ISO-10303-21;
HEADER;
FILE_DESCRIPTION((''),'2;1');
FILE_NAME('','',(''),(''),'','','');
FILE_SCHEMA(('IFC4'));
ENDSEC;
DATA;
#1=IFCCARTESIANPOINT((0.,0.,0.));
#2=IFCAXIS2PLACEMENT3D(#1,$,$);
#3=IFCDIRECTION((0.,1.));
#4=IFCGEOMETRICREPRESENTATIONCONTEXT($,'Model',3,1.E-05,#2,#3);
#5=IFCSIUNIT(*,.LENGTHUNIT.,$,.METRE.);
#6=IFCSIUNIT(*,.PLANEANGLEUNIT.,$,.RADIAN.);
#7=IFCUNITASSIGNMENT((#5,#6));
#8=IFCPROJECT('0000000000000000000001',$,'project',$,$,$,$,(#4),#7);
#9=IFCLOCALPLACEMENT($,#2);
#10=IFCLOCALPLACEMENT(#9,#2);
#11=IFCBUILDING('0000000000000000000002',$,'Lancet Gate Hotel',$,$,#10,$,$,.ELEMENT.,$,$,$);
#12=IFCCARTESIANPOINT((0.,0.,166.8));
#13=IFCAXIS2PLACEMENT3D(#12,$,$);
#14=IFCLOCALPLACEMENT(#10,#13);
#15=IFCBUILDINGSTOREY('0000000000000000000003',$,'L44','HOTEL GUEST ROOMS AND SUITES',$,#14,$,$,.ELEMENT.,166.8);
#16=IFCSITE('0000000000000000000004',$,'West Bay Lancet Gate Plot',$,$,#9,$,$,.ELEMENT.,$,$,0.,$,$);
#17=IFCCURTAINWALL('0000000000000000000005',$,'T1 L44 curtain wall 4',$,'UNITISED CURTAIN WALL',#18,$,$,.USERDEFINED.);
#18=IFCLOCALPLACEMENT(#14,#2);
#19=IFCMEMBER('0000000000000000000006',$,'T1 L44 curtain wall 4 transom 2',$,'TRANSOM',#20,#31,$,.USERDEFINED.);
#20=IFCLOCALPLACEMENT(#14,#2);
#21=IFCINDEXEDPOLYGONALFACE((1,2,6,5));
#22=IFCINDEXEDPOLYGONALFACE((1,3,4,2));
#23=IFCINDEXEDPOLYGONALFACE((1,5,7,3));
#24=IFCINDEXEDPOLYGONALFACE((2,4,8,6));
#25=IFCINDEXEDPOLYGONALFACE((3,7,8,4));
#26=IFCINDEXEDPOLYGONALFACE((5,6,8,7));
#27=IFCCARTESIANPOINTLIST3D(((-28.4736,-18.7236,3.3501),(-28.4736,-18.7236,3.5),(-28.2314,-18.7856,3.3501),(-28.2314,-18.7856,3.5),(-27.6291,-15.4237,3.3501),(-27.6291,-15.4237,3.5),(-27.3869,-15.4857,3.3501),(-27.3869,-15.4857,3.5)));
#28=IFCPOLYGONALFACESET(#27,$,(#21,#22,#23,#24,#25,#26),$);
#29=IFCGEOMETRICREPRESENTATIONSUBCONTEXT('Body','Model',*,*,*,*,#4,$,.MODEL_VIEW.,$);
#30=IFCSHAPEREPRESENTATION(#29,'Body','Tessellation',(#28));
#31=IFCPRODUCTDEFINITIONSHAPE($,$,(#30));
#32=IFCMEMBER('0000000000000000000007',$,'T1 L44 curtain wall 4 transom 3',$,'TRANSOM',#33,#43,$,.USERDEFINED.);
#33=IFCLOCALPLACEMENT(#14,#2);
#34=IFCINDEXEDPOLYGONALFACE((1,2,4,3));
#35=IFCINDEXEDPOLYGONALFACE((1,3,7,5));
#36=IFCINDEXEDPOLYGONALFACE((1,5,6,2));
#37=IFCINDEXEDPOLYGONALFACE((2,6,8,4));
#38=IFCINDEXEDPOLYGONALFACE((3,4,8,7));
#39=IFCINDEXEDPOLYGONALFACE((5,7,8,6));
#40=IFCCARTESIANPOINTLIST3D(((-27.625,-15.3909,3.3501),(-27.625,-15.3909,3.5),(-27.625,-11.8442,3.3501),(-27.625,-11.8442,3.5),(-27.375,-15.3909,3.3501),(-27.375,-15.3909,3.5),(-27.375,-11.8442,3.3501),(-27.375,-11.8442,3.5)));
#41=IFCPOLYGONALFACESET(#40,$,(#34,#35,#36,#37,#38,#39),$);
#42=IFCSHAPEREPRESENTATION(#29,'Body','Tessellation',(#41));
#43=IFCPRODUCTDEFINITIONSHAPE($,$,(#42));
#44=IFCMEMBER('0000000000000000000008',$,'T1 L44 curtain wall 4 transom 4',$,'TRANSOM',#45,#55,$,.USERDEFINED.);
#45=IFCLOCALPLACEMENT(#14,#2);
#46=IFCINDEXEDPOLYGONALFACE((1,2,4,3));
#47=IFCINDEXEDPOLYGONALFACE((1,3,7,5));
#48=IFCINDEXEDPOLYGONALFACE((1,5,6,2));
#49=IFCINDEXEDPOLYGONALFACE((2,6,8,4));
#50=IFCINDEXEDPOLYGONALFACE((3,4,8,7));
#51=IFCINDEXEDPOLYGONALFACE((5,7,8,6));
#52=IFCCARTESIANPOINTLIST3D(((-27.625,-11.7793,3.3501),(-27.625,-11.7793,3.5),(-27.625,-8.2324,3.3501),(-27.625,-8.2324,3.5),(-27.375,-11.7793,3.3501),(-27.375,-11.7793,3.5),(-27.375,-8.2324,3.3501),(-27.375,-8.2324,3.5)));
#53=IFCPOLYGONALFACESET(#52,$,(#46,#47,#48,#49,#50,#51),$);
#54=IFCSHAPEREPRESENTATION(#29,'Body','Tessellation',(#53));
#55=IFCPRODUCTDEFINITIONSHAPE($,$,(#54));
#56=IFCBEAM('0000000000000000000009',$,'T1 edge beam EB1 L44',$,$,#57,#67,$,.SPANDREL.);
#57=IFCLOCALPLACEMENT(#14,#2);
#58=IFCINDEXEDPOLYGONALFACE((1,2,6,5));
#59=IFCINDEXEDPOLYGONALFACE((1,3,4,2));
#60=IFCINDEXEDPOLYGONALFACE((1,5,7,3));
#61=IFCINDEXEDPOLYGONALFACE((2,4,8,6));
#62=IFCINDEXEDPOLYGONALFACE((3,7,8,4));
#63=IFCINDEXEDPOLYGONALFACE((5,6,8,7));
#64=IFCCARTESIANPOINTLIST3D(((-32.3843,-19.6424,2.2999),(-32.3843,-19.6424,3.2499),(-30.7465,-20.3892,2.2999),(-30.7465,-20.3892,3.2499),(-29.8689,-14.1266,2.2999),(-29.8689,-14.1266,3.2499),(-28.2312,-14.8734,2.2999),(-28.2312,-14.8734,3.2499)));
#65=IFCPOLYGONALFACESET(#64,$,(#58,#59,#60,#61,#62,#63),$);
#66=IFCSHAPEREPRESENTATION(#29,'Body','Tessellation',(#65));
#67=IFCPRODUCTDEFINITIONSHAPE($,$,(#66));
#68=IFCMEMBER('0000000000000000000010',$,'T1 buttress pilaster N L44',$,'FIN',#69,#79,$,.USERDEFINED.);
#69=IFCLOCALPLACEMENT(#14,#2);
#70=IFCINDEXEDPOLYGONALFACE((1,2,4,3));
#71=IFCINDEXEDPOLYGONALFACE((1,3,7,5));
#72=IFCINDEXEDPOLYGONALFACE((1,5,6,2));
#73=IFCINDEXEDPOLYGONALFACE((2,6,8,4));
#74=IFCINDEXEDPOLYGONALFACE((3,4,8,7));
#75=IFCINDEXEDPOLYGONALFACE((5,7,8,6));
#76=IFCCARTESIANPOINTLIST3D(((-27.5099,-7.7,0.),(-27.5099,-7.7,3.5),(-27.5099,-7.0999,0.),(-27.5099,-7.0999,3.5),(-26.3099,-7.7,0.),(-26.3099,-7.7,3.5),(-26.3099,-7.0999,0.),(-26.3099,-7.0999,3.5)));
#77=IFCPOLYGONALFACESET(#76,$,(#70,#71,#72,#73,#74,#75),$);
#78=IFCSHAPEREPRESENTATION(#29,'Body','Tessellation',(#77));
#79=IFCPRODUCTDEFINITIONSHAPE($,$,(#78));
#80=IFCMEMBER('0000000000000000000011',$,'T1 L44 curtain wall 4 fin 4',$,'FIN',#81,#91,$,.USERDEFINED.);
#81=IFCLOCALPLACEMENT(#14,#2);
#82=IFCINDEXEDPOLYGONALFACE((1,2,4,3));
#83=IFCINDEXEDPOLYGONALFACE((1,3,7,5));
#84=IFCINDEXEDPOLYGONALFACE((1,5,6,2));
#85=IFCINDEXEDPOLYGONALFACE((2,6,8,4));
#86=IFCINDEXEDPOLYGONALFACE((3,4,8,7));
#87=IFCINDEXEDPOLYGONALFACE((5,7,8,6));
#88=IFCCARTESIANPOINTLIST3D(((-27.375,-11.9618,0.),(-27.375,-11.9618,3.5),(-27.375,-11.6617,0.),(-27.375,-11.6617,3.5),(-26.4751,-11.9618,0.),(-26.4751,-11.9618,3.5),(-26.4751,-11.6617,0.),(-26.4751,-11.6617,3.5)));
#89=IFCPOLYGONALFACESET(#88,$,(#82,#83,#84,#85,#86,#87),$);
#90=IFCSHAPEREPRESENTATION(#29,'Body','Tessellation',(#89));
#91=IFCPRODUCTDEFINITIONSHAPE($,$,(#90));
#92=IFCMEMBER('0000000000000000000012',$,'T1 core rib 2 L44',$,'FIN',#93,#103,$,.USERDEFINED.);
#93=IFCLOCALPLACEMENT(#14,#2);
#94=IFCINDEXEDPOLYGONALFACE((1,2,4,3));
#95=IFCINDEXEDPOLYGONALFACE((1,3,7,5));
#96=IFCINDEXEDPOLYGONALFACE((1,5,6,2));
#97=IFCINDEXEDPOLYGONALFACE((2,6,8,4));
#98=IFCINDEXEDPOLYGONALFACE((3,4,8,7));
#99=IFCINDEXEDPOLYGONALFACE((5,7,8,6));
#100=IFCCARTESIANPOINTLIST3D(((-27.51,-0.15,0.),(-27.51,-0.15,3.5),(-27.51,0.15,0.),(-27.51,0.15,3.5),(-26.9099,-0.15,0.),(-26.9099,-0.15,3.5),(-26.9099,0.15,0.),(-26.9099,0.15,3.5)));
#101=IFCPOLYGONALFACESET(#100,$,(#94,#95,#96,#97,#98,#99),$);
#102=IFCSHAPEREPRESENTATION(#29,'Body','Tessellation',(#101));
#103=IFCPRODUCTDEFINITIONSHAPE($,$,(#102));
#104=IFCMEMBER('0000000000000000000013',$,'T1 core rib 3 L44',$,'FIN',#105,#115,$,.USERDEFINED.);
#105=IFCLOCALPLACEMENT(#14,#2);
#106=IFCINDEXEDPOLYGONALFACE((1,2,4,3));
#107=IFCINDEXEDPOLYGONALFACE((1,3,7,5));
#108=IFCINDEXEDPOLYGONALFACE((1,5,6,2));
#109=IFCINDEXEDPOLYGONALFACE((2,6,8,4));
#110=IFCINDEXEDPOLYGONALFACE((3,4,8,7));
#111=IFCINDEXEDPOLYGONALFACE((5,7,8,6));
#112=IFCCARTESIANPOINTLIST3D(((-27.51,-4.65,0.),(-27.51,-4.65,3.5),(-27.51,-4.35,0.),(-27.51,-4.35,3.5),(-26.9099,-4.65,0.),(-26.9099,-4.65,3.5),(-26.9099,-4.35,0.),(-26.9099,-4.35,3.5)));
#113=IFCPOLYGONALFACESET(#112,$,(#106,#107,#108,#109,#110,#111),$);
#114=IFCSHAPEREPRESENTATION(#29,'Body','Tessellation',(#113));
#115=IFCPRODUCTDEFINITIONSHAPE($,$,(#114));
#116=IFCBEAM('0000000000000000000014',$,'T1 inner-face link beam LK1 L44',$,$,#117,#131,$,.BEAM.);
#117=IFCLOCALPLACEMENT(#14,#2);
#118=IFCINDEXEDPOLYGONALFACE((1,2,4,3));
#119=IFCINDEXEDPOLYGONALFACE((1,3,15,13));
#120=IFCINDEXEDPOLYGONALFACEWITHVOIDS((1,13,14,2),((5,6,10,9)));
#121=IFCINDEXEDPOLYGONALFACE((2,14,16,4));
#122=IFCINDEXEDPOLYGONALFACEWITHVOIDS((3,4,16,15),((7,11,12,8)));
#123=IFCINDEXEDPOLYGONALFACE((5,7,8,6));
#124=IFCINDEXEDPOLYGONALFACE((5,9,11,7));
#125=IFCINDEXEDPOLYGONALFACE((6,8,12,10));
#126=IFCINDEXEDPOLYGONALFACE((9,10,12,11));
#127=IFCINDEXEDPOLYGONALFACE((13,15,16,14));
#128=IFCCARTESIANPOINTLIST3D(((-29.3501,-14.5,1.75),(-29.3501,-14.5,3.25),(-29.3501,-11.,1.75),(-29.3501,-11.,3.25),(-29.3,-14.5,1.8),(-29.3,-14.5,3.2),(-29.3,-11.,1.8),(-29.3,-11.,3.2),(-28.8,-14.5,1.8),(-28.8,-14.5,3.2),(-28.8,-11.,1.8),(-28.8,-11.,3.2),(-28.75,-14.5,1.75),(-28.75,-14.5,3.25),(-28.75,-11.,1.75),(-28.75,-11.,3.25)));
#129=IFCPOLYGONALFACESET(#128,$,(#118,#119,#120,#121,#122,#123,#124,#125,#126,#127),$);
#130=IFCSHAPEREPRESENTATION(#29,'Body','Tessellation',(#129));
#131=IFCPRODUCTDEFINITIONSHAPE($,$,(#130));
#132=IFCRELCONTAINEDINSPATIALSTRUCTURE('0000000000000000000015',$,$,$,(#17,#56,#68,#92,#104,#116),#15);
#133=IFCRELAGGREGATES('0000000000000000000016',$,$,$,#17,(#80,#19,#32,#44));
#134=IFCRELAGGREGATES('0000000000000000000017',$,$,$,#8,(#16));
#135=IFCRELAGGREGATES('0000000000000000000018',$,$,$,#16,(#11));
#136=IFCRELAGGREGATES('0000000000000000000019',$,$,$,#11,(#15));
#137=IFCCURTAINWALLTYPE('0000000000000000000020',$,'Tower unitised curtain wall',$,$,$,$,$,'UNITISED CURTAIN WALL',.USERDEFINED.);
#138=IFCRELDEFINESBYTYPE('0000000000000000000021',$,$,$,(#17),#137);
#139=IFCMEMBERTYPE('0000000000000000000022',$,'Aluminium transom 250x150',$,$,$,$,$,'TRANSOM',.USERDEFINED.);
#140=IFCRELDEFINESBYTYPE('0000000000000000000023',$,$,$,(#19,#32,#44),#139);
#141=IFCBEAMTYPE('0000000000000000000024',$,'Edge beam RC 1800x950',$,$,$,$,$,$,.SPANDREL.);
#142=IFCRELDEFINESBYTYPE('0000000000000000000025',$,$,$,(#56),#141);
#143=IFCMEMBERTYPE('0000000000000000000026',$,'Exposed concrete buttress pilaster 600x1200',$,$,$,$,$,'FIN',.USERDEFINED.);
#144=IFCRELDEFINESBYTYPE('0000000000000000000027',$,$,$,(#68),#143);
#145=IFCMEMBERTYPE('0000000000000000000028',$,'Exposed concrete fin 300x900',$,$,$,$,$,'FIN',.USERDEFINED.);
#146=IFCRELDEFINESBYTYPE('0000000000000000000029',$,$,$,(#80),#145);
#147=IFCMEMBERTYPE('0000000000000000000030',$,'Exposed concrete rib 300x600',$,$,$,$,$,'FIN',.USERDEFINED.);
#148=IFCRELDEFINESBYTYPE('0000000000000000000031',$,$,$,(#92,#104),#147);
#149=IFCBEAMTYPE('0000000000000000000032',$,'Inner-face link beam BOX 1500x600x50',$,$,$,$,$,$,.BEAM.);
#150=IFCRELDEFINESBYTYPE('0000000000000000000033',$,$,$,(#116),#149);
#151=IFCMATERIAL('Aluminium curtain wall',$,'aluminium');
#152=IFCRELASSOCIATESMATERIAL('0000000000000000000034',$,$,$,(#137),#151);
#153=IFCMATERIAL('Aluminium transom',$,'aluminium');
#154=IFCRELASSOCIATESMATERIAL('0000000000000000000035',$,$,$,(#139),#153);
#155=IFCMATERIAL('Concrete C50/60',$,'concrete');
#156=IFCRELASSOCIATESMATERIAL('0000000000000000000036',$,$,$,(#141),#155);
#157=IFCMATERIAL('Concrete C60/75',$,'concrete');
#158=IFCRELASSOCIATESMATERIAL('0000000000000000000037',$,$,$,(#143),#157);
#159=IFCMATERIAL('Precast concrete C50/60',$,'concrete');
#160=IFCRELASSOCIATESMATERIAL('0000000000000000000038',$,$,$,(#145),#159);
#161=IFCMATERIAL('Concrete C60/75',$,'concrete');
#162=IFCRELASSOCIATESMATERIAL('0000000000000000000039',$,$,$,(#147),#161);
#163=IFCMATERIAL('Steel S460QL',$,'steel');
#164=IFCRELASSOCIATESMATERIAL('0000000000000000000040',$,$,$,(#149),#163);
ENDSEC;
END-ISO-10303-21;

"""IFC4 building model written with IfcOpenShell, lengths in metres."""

from ifc_helpers import new_model, si_unit, direction, frame, origin, origin_2d, place, context, subcontext, project, spatial, rectangle, hollow_rectangle, extrude, material, material_profile, profile_set, type_object, element, aggregate, save


model = new_model("IFC4")

# Units and contexts
model_context = context("Model", 3, precision=1e-05, world=origin(), true_north=direction((0.0, 1.0)))
body_context = subcontext(model_context, "Body", "Model", "MODEL_VIEW")
ifc_project = project(units=[si_unit("LENGTHUNIT", "METRE"), si_unit("PLANEANGLEUNIT", "RADIAN")], contexts=[model_context])

# Site, building, storey
site_placement = place(None, origin())
site = spatial("IfcSite", under=ifc_project, at=site_placement, Name="West Bay Lancet Gate Plot", CompositionType="ELEMENT", RefElevation=0.0)
building_placement = place(site_placement, origin())
building = spatial("IfcBuilding", under=site, at=building_placement, Name="Lancet Gate Hotel", CompositionType="ELEMENT")
storey_placement = place(building_placement, frame((0.0, 0.0, 166.8)))
storey = spatial("IfcBuildingStorey", under=building, at=storey_placement, Name="L44", Description="HOTEL GUEST ROOMS AND SUITES", CompositionType="ELEMENT", Elevation=166.8)

# Curtain wall, members
ifc_material_1 = material(Name="Aluminium curtain wall", Category="aluminium")
curtain_wall_type = type_object("IfcCurtainWallType", Name="Tower unitised curtain wall", ElementType="UNITISED CURTAIN WALL", PredefinedType="USERDEFINED", material=ifc_material_1)
curtain_wall_placement = place(storey_placement, origin())
curtain_wall = element("IfcCurtainWall", 1, at=curtain_wall_placement, inside=storey, type_object=curtain_wall_type, Name="T1 L44 curtain wall 4", ObjectType="UNITISED CURTAIN WALL", PredefinedType="USERDEFINED")
ifc_material_2 = material(Name="Aluminium transom", Category="aluminium")
ifc_material_profile_1 = material_profile(ifc_material_2, rectangle(XDim=0.25, YDim=0.1499, at=origin_2d()), Name="TRANSOM 250x150")
ifc_profile_set_1 = profile_set([ifc_material_profile_1], Name="Aluminium transom")
member_type_1 = type_object("IfcMemberType", Name="Aluminium transom 250x150", ElementType="TRANSOM", PredefinedType="USERDEFINED", material=ifc_profile_set_1)
member_1_placement = place(storey_placement, frame((-28.3525, -18.7546, 3.425), z_axis=(0.247929, 0.968778, 0.0), x_axis=(-0.968778, 0.247929, 0.0)))
member_1 = element("IfcMember", 2, at=member_1_placement, type_object=member_type_1, Name="T1 L44 curtain wall 4 transom 2", ObjectType="TRANSOM", PredefinedType="USERDEFINED", context=body_context, shape_type="SweptSolid", body=[
    extrude(rectangle(XDim=0.25, YDim=0.1499, at=origin_2d()), origin(), (0.0, 0.0, 1.0), 3.4062),
])
member_2_placement = place(storey_placement, frame((-27.5, -15.3909, 3.425), z_axis=(0.0, 1.0, 0.0), x_axis=(-1.0, 0.0, 0.0)))
member_2 = element("IfcMember", 3, at=member_2_placement, type_object=member_type_1, Name="T1 L44 curtain wall 4 transom 3", ObjectType="TRANSOM", PredefinedType="USERDEFINED", context=body_context, shape_type="SweptSolid", body=[
    extrude(rectangle(XDim=0.25, YDim=0.1499, at=origin_2d()), origin(), (0.0, 0.0, 1.0), 3.5466),
])
member_3_placement = place(storey_placement, frame((-27.5, -11.7793, 3.425), z_axis=(0.0, 1.0, 0.0), x_axis=(-1.0, 0.0, 0.0)))
member_3 = element("IfcMember", 4, at=member_3_placement, type_object=member_type_1, Name="T1 L44 curtain wall 4 transom 4", ObjectType="TRANSOM", PredefinedType="USERDEFINED", context=body_context, shape_type="SweptSolid", body=[
    extrude(rectangle(XDim=0.25, YDim=0.1499, at=origin_2d()), origin(), (0.0, 0.0, 1.0), 3.5469),
])

# Beam
ifc_material_3 = material(Name="Concrete C50/60", Category="concrete")
ifc_material_profile_2 = material_profile(ifc_material_3, rectangle(XDim=1.8, YDim=0.95, at=origin_2d()), Name="RC 1800x950")
ifc_profile_set_2 = profile_set([ifc_material_profile_2], Name="Concrete C50/60")
beam_type_1 = type_object("IfcBeamType", Name="Edge beam RC 1800x950", PredefinedType="SPANDREL", material=ifc_profile_set_2)
beam_1_placement = place(storey_placement, frame((-29.05, -14.5, 2.7749), z_axis=(-0.414919, -0.909858, 0.0), x_axis=(0.909858, -0.414919, 0.0)))
element("IfcBeam", 5, at=beam_1_placement, inside=storey, type_object=beam_type_1, Name="T1 edge beam EB1 L44", PredefinedType="SPANDREL", context=body_context, shape_type="SweptSolid", body=[
    extrude(rectangle(XDim=1.8, YDim=0.95, at=origin_2d()), origin(), (0.0, 0.0, 1.0), 6.0623),
])

# Members
ifc_material_4 = material(Name="Concrete C60/75", Category="concrete")
ifc_material_profile_3 = material_profile(ifc_material_4, rectangle(XDim=0.6001, YDim=1.2, at=origin_2d()), Name="FIN 600x1200")
ifc_profile_set_3 = profile_set([ifc_material_profile_3], Name="Concrete C60/75")
member_type_2 = type_object("IfcMemberType", Name="Exposed concrete buttress pilaster 600x1200", ElementType="FIN", PredefinedType="USERDEFINED", material=ifc_profile_set_3)
member_4_placement = place(storey_placement, frame((-26.9099, -7.3999, 0.0), z_axis=(0.0, 0.0, 1.0), x_axis=(0.0, 1.0, 0.0)))
element("IfcMember", 6, at=member_4_placement, inside=storey, type_object=member_type_2, Name="T1 buttress pilaster N L44", ObjectType="FIN", PredefinedType="USERDEFINED", context=body_context, shape_type="SweptSolid", body=[
    extrude(rectangle(XDim=0.6001, YDim=1.2, at=origin_2d()), origin(), (0.0, 0.0, 1.0), 3.5),
])
ifc_material_5 = material(Name="Precast concrete C50/60", Category="concrete")
ifc_material_profile_4 = material_profile(ifc_material_5, rectangle(XDim=0.3, YDim=0.8999, at=origin_2d()), Name="FIN 300x900")
ifc_profile_set_4 = profile_set([ifc_material_profile_4], Name="Precast concrete C50/60")
member_type_3 = type_object("IfcMemberType", Name="Exposed concrete fin 300x900", ElementType="FIN", PredefinedType="USERDEFINED", material=ifc_profile_set_4)
member_5_placement = place(storey_placement, frame((-26.925, -11.8118, 0.0), z_axis=(0.0, 0.0, 1.0), x_axis=(0.0, 1.0, 0.0)))
member_5 = element("IfcMember", 7, at=member_5_placement, type_object=member_type_3, Name="T1 L44 curtain wall 4 fin 4", ObjectType="FIN", PredefinedType="USERDEFINED", context=body_context, shape_type="SweptSolid", body=[
    extrude(rectangle(XDim=0.3, YDim=0.8999, at=origin_2d()), origin(), (0.0, 0.0, 1.0), 3.5),
])

# Members
ifc_material_6 = material(Name="Concrete C60/75", Category="concrete")
ifc_material_profile_5 = material_profile(ifc_material_6, rectangle(XDim=0.3, YDim=0.6001, at=origin_2d()), Name="FIN 300x600")
ifc_profile_set_5 = profile_set([ifc_material_profile_5], Name="Concrete C60/75")
member_type_4 = type_object("IfcMemberType", Name="Exposed concrete rib 300x600", ElementType="FIN", PredefinedType="USERDEFINED", material=ifc_profile_set_5)
for number, where, z_axis, x_axis, name in (
    (8, (-27.21, 0.0, 0.0), (0.0, 0.0, 1.0), (0.0, 1.0, 0.0), "T1 core rib 2 L44"),
    (9, (-27.21, -4.5, 0.0), (0.0, 0.0, 1.0), (0.0, 1.0, 0.0), "T1 core rib 3 L44"),
):
    element("IfcMember", number, at=place(storey_placement, frame(where, z_axis=z_axis, x_axis=x_axis)), inside=storey, type_object=member_type_4, Name=name, ObjectType="FIN", PredefinedType="USERDEFINED", context=body_context, shape_type="SweptSolid", body=[
        extrude(rectangle(XDim=0.3, YDim=0.6001, at=origin_2d()), origin(), (0.0, 0.0, 1.0), 3.5),
    ])

# Beam
ifc_material_7 = material(Name="Steel S460QL", Category="steel")
ifc_material_profile_6 = material_profile(ifc_material_7, hollow_rectangle(XDim=0.6001, YDim=1.5, WallThickness=0.05, at=origin_2d()), Name="BOX 1500x600x50")
ifc_profile_set_6 = profile_set([ifc_material_profile_6], Name="Steel S460QL")
beam_type_2 = type_object("IfcBeamType", Name="Inner-face link beam BOX 1500x600x50", PredefinedType="BEAM", material=ifc_profile_set_6)
beam_2_placement = place(storey_placement, frame((-29.05, -11.0, 2.5), z_axis=(0.0, -1.0, 0.0), x_axis=(1.0, 0.0, 0.0)))
element("IfcBeam", 10, at=beam_2_placement, inside=storey, type_object=beam_type_2, Name="T1 inner-face link beam LK1 L44", PredefinedType="BEAM", context=body_context, shape_type="SweptSolid", body=[
    extrude(hollow_rectangle(XDim=0.6001, YDim=1.5, WallThickness=0.05, at=origin_2d()), origin(), (0.0, 0.0, 1.0), 3.5),
])

aggregate(curtain_wall, [member_5, member_1, member_2, member_3])

save(model, "model.ifc")
